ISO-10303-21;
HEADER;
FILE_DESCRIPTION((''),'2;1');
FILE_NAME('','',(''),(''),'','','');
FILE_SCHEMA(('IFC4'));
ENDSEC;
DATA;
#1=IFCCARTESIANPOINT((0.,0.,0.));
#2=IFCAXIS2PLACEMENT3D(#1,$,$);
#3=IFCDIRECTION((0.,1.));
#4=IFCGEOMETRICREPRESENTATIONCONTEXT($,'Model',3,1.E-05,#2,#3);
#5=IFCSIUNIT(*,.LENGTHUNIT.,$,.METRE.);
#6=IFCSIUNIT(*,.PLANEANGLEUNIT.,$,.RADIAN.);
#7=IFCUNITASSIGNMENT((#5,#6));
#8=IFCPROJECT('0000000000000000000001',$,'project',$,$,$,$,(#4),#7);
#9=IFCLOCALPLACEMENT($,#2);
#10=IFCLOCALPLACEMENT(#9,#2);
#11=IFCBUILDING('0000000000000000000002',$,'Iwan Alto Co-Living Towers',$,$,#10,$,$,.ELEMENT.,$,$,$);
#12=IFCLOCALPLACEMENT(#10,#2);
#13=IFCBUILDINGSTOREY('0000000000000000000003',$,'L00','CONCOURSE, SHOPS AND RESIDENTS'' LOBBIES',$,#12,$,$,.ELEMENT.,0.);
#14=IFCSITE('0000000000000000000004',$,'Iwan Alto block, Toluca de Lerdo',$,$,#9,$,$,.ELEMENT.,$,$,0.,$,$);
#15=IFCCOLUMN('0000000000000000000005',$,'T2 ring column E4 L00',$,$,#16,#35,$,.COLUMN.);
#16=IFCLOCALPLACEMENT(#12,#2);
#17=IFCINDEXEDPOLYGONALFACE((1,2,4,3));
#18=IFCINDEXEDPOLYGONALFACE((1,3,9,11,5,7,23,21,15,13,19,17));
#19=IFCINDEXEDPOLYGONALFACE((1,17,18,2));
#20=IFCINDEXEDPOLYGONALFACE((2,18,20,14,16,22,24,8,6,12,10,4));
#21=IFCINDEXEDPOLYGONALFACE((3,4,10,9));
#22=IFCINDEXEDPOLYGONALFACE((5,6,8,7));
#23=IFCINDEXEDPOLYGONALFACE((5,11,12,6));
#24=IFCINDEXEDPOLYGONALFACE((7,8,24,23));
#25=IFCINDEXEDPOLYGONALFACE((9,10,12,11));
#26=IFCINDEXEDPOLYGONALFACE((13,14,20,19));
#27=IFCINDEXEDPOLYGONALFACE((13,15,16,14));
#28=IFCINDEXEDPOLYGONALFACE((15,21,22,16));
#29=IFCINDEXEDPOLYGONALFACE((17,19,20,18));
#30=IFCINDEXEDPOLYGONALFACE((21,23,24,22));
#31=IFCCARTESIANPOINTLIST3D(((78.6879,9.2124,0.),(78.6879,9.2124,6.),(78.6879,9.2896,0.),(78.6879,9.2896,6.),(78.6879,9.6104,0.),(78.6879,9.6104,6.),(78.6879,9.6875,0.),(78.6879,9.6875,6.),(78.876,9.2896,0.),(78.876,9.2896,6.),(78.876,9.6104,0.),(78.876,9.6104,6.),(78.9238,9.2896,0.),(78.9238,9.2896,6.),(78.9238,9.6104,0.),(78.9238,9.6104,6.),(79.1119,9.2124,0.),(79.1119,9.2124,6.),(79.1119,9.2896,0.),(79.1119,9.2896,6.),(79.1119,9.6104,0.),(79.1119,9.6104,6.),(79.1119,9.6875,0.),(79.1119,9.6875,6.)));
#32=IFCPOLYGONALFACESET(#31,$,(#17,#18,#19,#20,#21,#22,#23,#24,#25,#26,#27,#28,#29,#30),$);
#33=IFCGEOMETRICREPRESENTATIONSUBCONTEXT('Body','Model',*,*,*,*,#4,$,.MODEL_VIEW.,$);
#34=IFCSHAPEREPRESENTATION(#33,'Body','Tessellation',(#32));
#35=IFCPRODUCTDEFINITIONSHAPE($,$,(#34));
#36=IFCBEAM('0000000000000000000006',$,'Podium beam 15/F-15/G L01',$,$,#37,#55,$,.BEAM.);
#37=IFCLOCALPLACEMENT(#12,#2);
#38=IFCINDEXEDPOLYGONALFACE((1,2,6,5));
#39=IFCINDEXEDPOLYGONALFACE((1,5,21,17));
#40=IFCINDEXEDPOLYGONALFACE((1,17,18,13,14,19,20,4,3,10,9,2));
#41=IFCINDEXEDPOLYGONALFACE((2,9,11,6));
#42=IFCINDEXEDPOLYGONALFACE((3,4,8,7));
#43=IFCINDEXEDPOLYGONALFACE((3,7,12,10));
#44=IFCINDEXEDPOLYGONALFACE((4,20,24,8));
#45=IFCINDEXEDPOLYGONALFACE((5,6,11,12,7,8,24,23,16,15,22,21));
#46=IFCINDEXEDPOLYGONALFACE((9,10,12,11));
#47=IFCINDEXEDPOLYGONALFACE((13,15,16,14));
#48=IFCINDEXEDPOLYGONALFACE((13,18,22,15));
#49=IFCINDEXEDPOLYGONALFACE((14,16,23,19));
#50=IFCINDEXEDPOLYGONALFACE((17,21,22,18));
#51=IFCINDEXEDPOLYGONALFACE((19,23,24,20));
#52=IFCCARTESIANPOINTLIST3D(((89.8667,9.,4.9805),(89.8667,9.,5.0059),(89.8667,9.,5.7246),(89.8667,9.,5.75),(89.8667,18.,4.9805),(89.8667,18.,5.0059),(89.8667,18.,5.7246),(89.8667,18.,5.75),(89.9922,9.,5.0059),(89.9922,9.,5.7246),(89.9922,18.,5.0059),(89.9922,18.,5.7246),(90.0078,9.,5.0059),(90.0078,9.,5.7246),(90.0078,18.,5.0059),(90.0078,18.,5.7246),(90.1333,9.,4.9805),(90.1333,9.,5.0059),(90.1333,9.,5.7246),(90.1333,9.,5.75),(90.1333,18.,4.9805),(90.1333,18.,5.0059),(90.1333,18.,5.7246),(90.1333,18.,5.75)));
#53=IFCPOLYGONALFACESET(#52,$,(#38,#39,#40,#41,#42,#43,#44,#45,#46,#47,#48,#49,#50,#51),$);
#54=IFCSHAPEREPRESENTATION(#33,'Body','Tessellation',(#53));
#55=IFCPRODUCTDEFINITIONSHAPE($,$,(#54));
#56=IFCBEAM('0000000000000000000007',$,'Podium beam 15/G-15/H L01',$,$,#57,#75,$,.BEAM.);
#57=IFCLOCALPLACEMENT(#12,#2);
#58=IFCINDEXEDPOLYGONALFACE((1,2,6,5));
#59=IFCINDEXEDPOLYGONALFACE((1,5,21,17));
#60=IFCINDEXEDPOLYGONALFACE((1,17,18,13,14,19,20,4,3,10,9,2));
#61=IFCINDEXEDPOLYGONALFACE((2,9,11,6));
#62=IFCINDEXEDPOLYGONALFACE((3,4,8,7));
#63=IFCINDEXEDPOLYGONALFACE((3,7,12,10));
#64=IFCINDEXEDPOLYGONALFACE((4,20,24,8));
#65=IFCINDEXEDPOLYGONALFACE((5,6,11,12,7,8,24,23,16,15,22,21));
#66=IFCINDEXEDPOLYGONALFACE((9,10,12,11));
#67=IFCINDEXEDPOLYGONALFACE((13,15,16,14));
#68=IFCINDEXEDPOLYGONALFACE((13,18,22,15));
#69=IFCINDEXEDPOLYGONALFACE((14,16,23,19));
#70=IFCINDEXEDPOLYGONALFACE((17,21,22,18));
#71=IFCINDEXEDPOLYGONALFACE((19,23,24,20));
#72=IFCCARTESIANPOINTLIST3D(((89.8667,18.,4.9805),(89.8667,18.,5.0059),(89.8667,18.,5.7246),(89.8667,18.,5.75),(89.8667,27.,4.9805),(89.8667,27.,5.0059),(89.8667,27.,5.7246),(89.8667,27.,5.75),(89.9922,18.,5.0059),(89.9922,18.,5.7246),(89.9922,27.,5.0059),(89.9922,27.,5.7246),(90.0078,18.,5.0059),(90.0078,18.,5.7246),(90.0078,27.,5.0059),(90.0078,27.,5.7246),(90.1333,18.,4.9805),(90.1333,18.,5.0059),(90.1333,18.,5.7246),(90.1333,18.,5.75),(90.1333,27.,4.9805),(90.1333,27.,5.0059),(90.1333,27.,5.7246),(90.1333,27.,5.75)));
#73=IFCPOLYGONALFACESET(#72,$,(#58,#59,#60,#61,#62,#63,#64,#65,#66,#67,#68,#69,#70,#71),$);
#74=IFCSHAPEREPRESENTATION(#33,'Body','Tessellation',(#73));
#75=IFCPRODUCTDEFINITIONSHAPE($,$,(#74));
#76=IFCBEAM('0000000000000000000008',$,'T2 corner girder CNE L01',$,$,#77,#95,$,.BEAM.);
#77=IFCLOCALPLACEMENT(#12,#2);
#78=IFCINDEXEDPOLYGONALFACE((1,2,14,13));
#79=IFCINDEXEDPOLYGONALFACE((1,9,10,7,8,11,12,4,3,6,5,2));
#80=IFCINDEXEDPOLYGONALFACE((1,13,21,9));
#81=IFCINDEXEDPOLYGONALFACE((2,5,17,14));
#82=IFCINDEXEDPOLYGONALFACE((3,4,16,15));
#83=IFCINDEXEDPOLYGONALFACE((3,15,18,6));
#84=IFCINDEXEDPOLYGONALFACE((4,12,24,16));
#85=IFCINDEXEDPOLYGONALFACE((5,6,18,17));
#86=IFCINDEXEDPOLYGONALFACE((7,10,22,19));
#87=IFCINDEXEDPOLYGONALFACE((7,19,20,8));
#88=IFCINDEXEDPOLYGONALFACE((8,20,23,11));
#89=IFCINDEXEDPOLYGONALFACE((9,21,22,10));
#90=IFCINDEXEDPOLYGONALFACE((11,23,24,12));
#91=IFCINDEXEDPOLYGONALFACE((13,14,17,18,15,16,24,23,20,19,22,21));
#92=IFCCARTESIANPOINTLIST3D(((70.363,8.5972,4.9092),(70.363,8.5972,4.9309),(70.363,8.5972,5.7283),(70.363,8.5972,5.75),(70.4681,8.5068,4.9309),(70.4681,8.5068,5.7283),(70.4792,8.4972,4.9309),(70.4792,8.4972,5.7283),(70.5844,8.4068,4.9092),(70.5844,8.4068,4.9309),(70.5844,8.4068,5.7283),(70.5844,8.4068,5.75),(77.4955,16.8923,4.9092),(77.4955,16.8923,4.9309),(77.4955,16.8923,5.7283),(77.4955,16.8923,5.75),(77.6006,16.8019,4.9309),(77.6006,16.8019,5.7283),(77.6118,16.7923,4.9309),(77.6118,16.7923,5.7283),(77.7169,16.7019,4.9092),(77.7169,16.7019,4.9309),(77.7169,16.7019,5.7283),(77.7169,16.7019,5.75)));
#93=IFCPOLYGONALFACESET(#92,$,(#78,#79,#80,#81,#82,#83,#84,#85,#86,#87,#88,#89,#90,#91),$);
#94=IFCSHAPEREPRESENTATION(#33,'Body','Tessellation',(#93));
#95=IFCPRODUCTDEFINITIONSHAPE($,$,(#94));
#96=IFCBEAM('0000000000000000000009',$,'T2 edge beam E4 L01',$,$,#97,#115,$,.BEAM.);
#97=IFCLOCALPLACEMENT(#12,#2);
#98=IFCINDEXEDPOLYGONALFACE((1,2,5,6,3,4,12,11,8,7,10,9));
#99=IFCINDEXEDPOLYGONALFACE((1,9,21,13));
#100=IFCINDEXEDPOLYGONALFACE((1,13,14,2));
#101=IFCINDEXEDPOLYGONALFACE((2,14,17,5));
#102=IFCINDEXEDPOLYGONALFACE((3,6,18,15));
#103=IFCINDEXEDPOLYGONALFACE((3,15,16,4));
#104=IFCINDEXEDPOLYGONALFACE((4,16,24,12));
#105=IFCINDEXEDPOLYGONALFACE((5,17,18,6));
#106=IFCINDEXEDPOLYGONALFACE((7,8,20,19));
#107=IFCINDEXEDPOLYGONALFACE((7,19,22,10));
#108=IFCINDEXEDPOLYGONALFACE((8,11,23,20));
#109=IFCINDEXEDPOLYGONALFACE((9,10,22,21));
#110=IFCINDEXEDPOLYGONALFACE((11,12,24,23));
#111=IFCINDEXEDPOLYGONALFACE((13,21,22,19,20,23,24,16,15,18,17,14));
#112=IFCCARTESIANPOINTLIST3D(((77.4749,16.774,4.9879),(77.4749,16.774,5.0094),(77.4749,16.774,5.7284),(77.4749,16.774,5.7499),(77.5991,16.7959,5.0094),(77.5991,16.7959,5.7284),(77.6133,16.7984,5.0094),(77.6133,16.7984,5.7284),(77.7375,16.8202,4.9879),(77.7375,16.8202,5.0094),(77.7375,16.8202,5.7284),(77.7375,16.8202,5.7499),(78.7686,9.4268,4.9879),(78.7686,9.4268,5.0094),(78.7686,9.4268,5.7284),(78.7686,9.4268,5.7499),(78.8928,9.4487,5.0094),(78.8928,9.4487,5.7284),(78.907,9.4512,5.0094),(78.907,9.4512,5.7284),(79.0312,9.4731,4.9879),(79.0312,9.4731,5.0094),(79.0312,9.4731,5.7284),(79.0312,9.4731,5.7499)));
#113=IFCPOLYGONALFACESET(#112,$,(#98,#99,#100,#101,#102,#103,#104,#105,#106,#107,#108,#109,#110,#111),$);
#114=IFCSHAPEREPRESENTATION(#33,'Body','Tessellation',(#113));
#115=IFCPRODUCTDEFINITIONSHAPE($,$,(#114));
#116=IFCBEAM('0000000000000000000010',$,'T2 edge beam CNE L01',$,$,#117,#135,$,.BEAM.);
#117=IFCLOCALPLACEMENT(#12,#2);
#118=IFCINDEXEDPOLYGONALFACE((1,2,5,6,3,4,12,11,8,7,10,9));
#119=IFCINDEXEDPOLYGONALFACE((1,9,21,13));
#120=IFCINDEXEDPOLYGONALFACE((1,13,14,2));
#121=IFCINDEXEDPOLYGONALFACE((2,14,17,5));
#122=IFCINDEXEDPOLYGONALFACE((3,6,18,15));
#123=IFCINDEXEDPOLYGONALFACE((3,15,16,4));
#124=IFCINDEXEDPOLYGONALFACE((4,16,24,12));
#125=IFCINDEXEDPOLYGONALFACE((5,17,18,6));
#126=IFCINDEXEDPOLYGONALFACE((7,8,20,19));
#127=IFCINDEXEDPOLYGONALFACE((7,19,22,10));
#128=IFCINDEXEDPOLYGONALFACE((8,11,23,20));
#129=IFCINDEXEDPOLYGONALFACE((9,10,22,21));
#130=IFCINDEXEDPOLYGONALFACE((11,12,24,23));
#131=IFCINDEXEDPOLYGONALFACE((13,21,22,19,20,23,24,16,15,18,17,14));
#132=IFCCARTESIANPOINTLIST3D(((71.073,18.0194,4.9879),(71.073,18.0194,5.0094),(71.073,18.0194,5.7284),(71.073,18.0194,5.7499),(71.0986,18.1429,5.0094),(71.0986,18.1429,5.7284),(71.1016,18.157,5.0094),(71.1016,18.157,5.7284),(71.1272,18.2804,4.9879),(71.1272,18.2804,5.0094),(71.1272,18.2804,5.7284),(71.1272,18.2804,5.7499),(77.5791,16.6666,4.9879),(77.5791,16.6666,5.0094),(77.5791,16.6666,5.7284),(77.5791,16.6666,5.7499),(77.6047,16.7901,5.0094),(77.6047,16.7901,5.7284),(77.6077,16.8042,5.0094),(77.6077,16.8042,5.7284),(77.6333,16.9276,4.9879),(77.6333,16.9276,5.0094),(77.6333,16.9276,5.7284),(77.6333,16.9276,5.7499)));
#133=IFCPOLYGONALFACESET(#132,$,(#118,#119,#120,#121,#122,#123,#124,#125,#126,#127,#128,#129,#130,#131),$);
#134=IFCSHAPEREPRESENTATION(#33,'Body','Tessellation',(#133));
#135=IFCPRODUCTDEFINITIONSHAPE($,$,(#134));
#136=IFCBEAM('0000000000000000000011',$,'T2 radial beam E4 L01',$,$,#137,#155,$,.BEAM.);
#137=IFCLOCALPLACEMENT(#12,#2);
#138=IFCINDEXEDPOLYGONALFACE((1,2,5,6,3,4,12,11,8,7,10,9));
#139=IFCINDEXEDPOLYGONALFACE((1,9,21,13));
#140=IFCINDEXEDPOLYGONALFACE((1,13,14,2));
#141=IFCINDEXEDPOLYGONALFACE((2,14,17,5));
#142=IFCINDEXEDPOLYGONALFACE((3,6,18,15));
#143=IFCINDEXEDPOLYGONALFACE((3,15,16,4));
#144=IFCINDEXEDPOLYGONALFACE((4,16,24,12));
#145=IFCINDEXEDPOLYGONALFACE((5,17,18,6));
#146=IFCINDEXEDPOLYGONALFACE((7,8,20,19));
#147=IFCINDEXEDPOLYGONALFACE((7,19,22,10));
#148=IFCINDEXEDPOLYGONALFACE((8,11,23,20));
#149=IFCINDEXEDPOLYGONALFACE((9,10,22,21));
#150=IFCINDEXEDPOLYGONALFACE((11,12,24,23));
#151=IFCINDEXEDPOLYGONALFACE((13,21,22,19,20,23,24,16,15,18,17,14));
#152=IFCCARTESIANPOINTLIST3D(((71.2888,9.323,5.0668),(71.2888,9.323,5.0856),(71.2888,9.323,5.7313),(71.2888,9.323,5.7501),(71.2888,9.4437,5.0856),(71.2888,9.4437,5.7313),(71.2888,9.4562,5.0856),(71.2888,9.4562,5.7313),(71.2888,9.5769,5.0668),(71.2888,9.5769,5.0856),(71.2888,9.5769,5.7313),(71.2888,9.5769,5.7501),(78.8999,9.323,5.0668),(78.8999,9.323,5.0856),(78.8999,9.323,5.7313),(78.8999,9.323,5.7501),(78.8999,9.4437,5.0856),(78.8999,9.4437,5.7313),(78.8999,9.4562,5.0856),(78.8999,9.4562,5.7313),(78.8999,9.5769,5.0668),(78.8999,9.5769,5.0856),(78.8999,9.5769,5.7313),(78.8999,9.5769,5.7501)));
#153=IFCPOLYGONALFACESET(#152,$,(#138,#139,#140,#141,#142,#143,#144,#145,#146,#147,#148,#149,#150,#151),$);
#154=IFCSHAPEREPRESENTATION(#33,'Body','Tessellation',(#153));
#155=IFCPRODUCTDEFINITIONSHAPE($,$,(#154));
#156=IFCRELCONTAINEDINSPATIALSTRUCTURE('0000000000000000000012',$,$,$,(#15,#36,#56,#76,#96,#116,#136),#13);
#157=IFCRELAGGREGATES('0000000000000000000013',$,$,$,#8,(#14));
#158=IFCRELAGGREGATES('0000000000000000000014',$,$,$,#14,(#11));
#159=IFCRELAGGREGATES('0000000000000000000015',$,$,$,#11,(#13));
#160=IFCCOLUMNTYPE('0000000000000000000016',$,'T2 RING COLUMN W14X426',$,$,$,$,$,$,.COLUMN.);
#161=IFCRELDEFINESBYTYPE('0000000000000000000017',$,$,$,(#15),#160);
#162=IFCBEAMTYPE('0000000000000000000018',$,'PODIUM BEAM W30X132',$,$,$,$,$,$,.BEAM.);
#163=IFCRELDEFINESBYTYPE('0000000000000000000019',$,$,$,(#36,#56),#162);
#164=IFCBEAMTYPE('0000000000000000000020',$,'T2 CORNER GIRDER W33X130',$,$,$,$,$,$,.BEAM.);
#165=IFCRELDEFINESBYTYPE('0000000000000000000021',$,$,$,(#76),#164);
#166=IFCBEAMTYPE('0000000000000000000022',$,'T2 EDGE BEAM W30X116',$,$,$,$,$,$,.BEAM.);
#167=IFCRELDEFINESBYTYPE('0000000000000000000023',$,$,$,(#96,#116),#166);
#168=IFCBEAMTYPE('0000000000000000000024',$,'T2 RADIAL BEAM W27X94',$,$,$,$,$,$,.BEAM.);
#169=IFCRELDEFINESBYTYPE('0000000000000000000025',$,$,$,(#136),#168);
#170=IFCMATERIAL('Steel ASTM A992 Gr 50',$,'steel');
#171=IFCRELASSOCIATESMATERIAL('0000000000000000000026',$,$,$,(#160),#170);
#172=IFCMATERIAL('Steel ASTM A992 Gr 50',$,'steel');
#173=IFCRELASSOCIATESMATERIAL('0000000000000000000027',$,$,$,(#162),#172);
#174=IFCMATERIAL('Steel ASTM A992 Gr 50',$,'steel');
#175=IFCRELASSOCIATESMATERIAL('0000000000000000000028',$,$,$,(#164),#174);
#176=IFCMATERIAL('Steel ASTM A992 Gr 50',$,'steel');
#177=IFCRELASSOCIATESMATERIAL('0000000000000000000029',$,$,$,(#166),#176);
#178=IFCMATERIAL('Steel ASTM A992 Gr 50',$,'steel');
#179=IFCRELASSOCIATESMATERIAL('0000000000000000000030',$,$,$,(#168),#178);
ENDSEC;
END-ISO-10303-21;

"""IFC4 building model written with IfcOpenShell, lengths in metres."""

from ifc_helpers import new_model, si_unit, direction, frame, origin, origin_2d, place, context, subcontext, project, spatial, i_section, extrude, material, material_profile, profile_set, type_object, element, save


model = new_model("IFC4")

# Units and contexts
model_context = context("Model", 3, precision=1e-05, world=origin(), true_north=direction((0.0, 1.0)))
body_context = subcontext(model_context, "Body", "Model", "MODEL_VIEW")
ifc_project = project(units=[si_unit("LENGTHUNIT", "METRE"), si_unit("PLANEANGLEUNIT", "RADIAN")], contexts=[model_context])

# Site, building, storey
site_placement = place(None, origin())
site = spatial("IfcSite", under=ifc_project, at=site_placement, Name="Iwan Alto block, Toluca de Lerdo", CompositionType="ELEMENT", RefElevation=0.0)
building_placement = place(site_placement, origin())
building = spatial("IfcBuilding", under=site, at=building_placement, Name="Iwan Alto Co-Living Towers", CompositionType="ELEMENT")
storey_placement = place(building_placement, origin())
storey = spatial("IfcBuildingStorey", under=building, at=storey_placement, Name="L00", Description="CONCOURSE, SHOPS AND RESIDENTS' LOBBIES", CompositionType="ELEMENT", Elevation=0.0)

# Column
ifc_material_1 = material(Name="Steel ASTM A992 Gr 50", Category="steel")
ifc_material_profile_1 = material_profile(ifc_material_1, i_section(OverallWidth=0.4241, OverallDepth=0.4751, WebThickness=0.0479, FlangeThickness=0.0771, at=origin_2d()), Name="W14X426")
ifc_profile_set_1 = profile_set([ifc_material_profile_1], Name="Steel ASTM A992 Gr 50")
column_type_1 = type_object("IfcColumnType", Name="T2 RING COLUMN W14X426", PredefinedType="COLUMN", material=ifc_profile_set_1)
column_placement = place(storey_placement, frame((78.8999, 9.45, 0.0), z_axis=(0.0, 0.0, 1.0), x_axis=(1.0, 0.0, 0.0)))
element("IfcColumn", 1, at=column_placement, inside=storey, type_object=column_type_1, Name="T2 ring column E4 L00", PredefinedType="COLUMN", context=body_context, shape_type="SweptSolid", body=[
    extrude(i_section(OverallWidth=0.4241, OverallDepth=0.4751, WebThickness=0.0479, FlangeThickness=0.0771, at=origin_2d()), origin(), (0.0, 0.0, 1.0), 6.0),
])

# Beams
ifc_material_2 = material(Name="Steel ASTM A992 Gr 50", Category="steel")
ifc_material_profile_2 = material_profile(ifc_material_2, i_section(OverallWidth=0.2666, OverallDepth=0.7695, WebThickness=0.0156, FlangeThickness=0.0254, at=origin_2d()), Name="W30X132")
ifc_profile_set_2 = profile_set([ifc_material_profile_2], Name="Steel ASTM A992 Gr 50")
beam_type_1 = type_object("IfcBeamType", Name="PODIUM BEAM W30X132", PredefinedType="BEAM", material=ifc_profile_set_2)
for number, where, z_axis, x_axis, name in (
    (2, (90.0, 9.0, 5.3652), (0.0, 1.0, 0.0), (-1.0, 0.0, 0.0), "Podium beam 15/F-15/G L01"),
    (3, (90.0, 18.0, 5.3652), (0.0, 1.0, 0.0), (-1.0, 0.0, 0.0), "Podium beam 15/G-15/H L01"),
):
    element("IfcBeam", number, at=place(storey_placement, frame(where, z_axis=z_axis, x_axis=x_axis)), inside=storey, type_object=beam_type_1, Name=name, PredefinedType="BEAM", context=body_context, shape_type="SweptSolid", body=[
        extrude(i_section(OverallWidth=0.2666, OverallDepth=0.7695, WebThickness=0.0156, FlangeThickness=0.0254, at=origin_2d()), origin(), (0.0, 0.0, 1.0), 9.0),
    ])
ifc_material_3 = material(Name="Steel ASTM A992 Gr 50", Category="steel")
ifc_material_profile_3 = material_profile(ifc_material_3, i_section(OverallWidth=0.292, OverallDepth=0.8408, WebThickness=0.0146, FlangeThickness=0.0217, at=origin_2d()), Name="W33X130")
ifc_profile_set_3 = profile_set([ifc_material_profile_3], Name="Steel ASTM A992 Gr 50")
beam_type_2 = type_object("IfcBeamType", Name="T2 CORNER GIRDER W33X130", PredefinedType="BEAM", material=ifc_profile_set_3)
beam_1_placement = place(storey_placement, frame((77.6062, 16.7971, 5.3296), z_axis=(-0.651972, -0.758243, 0.0), x_axis=(0.758243, -0.651972, 0.0)))
element("IfcBeam", 4, at=beam_1_placement, inside=storey, type_object=beam_type_2, Name="T2 corner girder CNE L01", PredefinedType="BEAM", context=body_context, shape_type="SweptSolid", body=[
    extrude(i_section(OverallWidth=0.292, OverallDepth=0.8408, WebThickness=0.0146, FlangeThickness=0.0217, at=origin_2d()), origin(), (0.0, 0.0, 1.0), 10.9399),
])
ifc_material_4 = material(Name="Steel ASTM A992 Gr 50", Category="steel")
ifc_material_profile_4 = material_profile(ifc_material_4, i_section(OverallWidth=0.2666, OverallDepth=0.762, WebThickness=0.0144, FlangeThickness=0.0215, at=origin_2d()), Name="W30X116")
ifc_profile_set_4 = profile_set([ifc_material_profile_4], Name="Steel ASTM A992 Gr 50")
beam_type_3 = type_object("IfcBeamType", Name="T2 EDGE BEAM W30X116", PredefinedType="BEAM", material=ifc_profile_set_4)
beam_2_placement = place(storey_placement, frame((78.8999, 9.45, 5.3689), z_axis=(-0.173414, 0.984849, 0.0), x_axis=(-0.984849, -0.173414, 0.0)))
element("IfcBeam", 5, at=beam_2_placement, inside=storey, type_object=beam_type_3, Name="T2 edge beam E4 L01", PredefinedType="BEAM", context=body_context, shape_type="SweptSolid", body=[
    extrude(i_section(OverallWidth=0.2666, OverallDepth=0.762, WebThickness=0.0144, FlangeThickness=0.0215, at=origin_2d()), origin(), (0.0, 0.0, 1.0), 7.4602),
])
beam_3_placement = place(storey_placement, frame((77.6062, 16.7971, 5.3689), z_axis=(-0.97906, 0.203571, 0.0), x_axis=(-0.203571, -0.97906, 0.0)))
element("IfcBeam", 6, at=beam_3_placement, inside=storey, type_object=beam_type_3, Name="T2 edge beam CNE L01", PredefinedType="BEAM", context=body_context, shape_type="SweptSolid", body=[
    extrude(i_section(OverallWidth=0.2666, OverallDepth=0.762, WebThickness=0.0144, FlangeThickness=0.0215, at=origin_2d()), origin(), (0.0, 0.0, 1.0), 6.6453),
])
ifc_material_5 = material(Name="Steel ASTM A992 Gr 50", Category="steel")
ifc_material_profile_5 = material_profile(ifc_material_5, i_section(OverallWidth=0.2539, OverallDepth=0.6833, WebThickness=0.0125, FlangeThickness=0.0188, at=origin_2d()), Name="W27X94")
ifc_profile_set_5 = profile_set([ifc_material_profile_5], Name="Steel ASTM A992 Gr 50")
beam_type_4 = type_object("IfcBeamType", Name="T2 RADIAL BEAM W27X94", PredefinedType="BEAM", material=ifc_profile_set_5)
beam_4_placement = place(storey_placement, frame((78.8999, 9.45, 5.4084), z_axis=(-1.0, 0.0, 0.0), x_axis=(0.0, -1.0, 0.0)))
element("IfcBeam", 7, at=beam_4_placement, inside=storey, type_object=beam_type_4, Name="T2 radial beam E4 L01", PredefinedType="BEAM", context=body_context, shape_type="SweptSolid", body=[
    extrude(i_section(OverallWidth=0.2539, OverallDepth=0.6833, WebThickness=0.0125, FlangeThickness=0.0188, at=origin_2d()), origin(), (0.0, 0.0, 1.0), 7.6111),
])

save(model, "model.ifc")
